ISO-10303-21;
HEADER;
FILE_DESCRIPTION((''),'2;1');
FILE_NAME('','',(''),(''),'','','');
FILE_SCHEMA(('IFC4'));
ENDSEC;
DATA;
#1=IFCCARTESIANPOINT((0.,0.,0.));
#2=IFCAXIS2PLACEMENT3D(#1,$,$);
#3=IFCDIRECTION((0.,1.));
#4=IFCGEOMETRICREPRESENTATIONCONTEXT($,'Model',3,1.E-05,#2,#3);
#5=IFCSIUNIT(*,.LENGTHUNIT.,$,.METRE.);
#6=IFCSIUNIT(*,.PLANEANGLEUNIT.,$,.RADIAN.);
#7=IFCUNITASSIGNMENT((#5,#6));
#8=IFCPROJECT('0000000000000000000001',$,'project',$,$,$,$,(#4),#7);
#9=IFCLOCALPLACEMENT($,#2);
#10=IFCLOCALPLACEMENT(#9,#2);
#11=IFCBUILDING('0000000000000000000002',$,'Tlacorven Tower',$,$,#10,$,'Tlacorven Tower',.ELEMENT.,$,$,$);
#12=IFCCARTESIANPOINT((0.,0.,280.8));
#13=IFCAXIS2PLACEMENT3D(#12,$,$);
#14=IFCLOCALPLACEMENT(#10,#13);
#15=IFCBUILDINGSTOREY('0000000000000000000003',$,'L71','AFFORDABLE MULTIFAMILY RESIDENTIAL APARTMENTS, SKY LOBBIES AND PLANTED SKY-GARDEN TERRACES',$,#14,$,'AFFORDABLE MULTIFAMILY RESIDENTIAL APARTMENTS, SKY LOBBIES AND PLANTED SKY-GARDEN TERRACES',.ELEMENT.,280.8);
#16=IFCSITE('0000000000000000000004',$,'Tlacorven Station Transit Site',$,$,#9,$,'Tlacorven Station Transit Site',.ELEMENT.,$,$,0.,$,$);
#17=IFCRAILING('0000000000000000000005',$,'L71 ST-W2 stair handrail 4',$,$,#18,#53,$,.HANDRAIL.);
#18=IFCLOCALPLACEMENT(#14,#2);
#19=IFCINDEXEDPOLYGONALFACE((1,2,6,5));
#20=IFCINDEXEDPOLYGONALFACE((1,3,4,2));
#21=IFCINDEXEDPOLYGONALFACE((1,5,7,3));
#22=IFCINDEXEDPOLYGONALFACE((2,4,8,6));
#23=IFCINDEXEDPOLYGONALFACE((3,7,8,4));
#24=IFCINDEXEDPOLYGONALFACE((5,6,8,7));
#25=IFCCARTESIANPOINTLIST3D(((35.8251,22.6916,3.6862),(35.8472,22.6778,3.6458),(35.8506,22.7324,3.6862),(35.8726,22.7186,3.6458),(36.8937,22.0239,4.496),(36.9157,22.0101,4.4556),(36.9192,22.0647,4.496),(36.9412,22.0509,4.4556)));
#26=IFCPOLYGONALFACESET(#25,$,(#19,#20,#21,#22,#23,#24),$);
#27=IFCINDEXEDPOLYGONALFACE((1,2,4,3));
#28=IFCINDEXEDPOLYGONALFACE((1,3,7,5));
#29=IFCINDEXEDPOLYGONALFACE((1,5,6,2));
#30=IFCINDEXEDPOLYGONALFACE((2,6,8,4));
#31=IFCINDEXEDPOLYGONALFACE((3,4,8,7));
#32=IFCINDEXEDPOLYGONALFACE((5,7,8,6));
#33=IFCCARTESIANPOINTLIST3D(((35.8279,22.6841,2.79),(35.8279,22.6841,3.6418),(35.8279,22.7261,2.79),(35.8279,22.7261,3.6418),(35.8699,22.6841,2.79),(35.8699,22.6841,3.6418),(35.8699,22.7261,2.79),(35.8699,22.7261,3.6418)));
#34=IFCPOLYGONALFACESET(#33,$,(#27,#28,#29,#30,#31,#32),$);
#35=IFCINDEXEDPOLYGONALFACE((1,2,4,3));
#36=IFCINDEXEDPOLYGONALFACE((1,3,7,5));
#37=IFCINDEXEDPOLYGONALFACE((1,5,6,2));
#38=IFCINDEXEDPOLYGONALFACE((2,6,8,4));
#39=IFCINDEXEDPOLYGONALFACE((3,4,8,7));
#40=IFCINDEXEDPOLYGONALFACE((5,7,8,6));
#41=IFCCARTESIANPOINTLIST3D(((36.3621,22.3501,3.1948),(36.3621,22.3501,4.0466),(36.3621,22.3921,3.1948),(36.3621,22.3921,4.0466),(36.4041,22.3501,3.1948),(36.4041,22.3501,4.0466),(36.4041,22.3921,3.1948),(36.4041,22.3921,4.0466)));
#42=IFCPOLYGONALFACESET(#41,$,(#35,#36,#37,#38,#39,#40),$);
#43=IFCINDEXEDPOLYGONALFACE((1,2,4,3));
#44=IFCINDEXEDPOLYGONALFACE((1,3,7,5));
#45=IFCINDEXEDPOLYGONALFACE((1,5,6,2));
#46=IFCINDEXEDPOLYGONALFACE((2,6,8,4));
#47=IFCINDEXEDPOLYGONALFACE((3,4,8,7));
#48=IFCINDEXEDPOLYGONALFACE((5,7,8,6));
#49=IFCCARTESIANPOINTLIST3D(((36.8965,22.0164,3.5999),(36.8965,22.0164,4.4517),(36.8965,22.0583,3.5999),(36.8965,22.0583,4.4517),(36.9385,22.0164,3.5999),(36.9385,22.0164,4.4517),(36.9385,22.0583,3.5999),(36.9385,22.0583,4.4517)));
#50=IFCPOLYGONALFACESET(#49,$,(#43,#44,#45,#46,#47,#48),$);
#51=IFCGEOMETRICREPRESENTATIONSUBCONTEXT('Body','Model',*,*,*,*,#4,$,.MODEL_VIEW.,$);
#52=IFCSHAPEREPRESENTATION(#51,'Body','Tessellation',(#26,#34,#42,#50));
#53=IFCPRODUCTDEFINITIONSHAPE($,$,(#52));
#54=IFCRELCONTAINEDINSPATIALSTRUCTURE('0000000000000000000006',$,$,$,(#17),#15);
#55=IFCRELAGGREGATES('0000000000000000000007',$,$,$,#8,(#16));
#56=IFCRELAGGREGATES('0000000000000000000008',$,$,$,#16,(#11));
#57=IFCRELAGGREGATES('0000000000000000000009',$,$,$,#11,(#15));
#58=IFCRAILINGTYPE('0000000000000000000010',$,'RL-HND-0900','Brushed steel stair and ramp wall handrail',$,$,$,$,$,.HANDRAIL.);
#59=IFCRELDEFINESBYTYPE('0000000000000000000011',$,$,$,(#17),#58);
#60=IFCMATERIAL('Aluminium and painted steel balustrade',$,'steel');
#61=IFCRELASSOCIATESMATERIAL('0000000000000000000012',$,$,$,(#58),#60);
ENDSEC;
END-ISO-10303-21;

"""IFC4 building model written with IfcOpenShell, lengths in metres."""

from ifc_helpers import new_model, si_unit, direction, frame, origin, origin_2d, place, context, subcontext, project, spatial, rectangle, extrude, source, transform, mapped, material, type_object, element, save


model = new_model("IFC4")

# Units and contexts
model_context = context("Model", 3, precision=1e-05, world=origin(), true_north=direction((0.0, 1.0)))
body_context = subcontext(model_context, "Body", "Model", "MODEL_VIEW")
ifc_project = project(units=[si_unit("LENGTHUNIT", "METRE"), si_unit("PLANEANGLEUNIT", "RADIAN")], contexts=[model_context])

# Site, building, storey
site_placement = place(None, origin())
site = spatial("IfcSite", under=ifc_project, at=site_placement, Name="Tlacorven Station Transit Site", LongName="Tlacorven Station Transit Site", CompositionType="ELEMENT", RefElevation=0.0)
building_placement = place(site_placement, origin())
building = spatial("IfcBuilding", under=site, at=building_placement, Name="Tlacorven Tower", LongName="Tlacorven Tower", CompositionType="ELEMENT")
storey_placement = place(building_placement, frame((0.0, 0.0, 280.8)))
storey = spatial("IfcBuildingStorey", under=building, at=storey_placement, Name="L71", Description="AFFORDABLE MULTIFAMILY RESIDENTIAL APARTMENTS, SKY LOBBIES AND PLANTED SKY-GARDEN TERRACES", LongName="AFFORDABLE MULTIFAMILY RESIDENTIAL APARTMENTS, SKY LOBBIES AND PLANTED SKY-GARDEN TERRACES", CompositionType="ELEMENT", Elevation=280.8)

# Railing
ifc_material_1 = material(Name="Aluminium and painted steel balustrade", Category="steel")
railing_type = type_object("IfcRailingType", Name="RL-HND-0900", Description="Brushed steel stair and ramp wall handrail", PredefinedType="HANDRAIL", material=ifc_material_1)
shared_shape_1 = source(origin(), body_context, "Body", "SweptSolid", [
    extrude(rectangle(XDim=0.0481, YDim=0.0481, at=origin_2d()), frame((0.0, 0.0, 0.876), z_axis=(0.713423, -0.445787, 0.540649), x_axis=(0.529912, 0.848053, 0.0)), (0.0, 0.0, 1.0), 1.4978),
    extrude(rectangle(XDim=0.042, YDim=0.042, at=origin_2d()), origin(), (0.0, 0.0, 1.0), 0.8518),
    extrude(rectangle(XDim=0.042, YDim=0.042, at=origin_2d()), frame((0.5342, -0.334, 0.4048)), (0.0, 0.0, 1.0), 0.8518),
    extrude(rectangle(XDim=0.042, YDim=0.042, at=origin_2d()), frame((1.0686, -0.6677, 0.8098)), (0.0, 0.0, 1.0), 0.8518),
])
railing_placement = place(storey_placement, frame((35.8489, 22.7051, 2.79)))
element("IfcRailing", 1, at=railing_placement, inside=storey, type_object=railing_type, Name="L71 ST-W2 stair handrail 4", PredefinedType="HANDRAIL", context=body_context, shape_type="MappedRepresentation", body=[
    mapped(shared_shape_1, transform((0.0, 0.0, 0.0), scale=1.0)),
])

save(model, "model.ifc")
